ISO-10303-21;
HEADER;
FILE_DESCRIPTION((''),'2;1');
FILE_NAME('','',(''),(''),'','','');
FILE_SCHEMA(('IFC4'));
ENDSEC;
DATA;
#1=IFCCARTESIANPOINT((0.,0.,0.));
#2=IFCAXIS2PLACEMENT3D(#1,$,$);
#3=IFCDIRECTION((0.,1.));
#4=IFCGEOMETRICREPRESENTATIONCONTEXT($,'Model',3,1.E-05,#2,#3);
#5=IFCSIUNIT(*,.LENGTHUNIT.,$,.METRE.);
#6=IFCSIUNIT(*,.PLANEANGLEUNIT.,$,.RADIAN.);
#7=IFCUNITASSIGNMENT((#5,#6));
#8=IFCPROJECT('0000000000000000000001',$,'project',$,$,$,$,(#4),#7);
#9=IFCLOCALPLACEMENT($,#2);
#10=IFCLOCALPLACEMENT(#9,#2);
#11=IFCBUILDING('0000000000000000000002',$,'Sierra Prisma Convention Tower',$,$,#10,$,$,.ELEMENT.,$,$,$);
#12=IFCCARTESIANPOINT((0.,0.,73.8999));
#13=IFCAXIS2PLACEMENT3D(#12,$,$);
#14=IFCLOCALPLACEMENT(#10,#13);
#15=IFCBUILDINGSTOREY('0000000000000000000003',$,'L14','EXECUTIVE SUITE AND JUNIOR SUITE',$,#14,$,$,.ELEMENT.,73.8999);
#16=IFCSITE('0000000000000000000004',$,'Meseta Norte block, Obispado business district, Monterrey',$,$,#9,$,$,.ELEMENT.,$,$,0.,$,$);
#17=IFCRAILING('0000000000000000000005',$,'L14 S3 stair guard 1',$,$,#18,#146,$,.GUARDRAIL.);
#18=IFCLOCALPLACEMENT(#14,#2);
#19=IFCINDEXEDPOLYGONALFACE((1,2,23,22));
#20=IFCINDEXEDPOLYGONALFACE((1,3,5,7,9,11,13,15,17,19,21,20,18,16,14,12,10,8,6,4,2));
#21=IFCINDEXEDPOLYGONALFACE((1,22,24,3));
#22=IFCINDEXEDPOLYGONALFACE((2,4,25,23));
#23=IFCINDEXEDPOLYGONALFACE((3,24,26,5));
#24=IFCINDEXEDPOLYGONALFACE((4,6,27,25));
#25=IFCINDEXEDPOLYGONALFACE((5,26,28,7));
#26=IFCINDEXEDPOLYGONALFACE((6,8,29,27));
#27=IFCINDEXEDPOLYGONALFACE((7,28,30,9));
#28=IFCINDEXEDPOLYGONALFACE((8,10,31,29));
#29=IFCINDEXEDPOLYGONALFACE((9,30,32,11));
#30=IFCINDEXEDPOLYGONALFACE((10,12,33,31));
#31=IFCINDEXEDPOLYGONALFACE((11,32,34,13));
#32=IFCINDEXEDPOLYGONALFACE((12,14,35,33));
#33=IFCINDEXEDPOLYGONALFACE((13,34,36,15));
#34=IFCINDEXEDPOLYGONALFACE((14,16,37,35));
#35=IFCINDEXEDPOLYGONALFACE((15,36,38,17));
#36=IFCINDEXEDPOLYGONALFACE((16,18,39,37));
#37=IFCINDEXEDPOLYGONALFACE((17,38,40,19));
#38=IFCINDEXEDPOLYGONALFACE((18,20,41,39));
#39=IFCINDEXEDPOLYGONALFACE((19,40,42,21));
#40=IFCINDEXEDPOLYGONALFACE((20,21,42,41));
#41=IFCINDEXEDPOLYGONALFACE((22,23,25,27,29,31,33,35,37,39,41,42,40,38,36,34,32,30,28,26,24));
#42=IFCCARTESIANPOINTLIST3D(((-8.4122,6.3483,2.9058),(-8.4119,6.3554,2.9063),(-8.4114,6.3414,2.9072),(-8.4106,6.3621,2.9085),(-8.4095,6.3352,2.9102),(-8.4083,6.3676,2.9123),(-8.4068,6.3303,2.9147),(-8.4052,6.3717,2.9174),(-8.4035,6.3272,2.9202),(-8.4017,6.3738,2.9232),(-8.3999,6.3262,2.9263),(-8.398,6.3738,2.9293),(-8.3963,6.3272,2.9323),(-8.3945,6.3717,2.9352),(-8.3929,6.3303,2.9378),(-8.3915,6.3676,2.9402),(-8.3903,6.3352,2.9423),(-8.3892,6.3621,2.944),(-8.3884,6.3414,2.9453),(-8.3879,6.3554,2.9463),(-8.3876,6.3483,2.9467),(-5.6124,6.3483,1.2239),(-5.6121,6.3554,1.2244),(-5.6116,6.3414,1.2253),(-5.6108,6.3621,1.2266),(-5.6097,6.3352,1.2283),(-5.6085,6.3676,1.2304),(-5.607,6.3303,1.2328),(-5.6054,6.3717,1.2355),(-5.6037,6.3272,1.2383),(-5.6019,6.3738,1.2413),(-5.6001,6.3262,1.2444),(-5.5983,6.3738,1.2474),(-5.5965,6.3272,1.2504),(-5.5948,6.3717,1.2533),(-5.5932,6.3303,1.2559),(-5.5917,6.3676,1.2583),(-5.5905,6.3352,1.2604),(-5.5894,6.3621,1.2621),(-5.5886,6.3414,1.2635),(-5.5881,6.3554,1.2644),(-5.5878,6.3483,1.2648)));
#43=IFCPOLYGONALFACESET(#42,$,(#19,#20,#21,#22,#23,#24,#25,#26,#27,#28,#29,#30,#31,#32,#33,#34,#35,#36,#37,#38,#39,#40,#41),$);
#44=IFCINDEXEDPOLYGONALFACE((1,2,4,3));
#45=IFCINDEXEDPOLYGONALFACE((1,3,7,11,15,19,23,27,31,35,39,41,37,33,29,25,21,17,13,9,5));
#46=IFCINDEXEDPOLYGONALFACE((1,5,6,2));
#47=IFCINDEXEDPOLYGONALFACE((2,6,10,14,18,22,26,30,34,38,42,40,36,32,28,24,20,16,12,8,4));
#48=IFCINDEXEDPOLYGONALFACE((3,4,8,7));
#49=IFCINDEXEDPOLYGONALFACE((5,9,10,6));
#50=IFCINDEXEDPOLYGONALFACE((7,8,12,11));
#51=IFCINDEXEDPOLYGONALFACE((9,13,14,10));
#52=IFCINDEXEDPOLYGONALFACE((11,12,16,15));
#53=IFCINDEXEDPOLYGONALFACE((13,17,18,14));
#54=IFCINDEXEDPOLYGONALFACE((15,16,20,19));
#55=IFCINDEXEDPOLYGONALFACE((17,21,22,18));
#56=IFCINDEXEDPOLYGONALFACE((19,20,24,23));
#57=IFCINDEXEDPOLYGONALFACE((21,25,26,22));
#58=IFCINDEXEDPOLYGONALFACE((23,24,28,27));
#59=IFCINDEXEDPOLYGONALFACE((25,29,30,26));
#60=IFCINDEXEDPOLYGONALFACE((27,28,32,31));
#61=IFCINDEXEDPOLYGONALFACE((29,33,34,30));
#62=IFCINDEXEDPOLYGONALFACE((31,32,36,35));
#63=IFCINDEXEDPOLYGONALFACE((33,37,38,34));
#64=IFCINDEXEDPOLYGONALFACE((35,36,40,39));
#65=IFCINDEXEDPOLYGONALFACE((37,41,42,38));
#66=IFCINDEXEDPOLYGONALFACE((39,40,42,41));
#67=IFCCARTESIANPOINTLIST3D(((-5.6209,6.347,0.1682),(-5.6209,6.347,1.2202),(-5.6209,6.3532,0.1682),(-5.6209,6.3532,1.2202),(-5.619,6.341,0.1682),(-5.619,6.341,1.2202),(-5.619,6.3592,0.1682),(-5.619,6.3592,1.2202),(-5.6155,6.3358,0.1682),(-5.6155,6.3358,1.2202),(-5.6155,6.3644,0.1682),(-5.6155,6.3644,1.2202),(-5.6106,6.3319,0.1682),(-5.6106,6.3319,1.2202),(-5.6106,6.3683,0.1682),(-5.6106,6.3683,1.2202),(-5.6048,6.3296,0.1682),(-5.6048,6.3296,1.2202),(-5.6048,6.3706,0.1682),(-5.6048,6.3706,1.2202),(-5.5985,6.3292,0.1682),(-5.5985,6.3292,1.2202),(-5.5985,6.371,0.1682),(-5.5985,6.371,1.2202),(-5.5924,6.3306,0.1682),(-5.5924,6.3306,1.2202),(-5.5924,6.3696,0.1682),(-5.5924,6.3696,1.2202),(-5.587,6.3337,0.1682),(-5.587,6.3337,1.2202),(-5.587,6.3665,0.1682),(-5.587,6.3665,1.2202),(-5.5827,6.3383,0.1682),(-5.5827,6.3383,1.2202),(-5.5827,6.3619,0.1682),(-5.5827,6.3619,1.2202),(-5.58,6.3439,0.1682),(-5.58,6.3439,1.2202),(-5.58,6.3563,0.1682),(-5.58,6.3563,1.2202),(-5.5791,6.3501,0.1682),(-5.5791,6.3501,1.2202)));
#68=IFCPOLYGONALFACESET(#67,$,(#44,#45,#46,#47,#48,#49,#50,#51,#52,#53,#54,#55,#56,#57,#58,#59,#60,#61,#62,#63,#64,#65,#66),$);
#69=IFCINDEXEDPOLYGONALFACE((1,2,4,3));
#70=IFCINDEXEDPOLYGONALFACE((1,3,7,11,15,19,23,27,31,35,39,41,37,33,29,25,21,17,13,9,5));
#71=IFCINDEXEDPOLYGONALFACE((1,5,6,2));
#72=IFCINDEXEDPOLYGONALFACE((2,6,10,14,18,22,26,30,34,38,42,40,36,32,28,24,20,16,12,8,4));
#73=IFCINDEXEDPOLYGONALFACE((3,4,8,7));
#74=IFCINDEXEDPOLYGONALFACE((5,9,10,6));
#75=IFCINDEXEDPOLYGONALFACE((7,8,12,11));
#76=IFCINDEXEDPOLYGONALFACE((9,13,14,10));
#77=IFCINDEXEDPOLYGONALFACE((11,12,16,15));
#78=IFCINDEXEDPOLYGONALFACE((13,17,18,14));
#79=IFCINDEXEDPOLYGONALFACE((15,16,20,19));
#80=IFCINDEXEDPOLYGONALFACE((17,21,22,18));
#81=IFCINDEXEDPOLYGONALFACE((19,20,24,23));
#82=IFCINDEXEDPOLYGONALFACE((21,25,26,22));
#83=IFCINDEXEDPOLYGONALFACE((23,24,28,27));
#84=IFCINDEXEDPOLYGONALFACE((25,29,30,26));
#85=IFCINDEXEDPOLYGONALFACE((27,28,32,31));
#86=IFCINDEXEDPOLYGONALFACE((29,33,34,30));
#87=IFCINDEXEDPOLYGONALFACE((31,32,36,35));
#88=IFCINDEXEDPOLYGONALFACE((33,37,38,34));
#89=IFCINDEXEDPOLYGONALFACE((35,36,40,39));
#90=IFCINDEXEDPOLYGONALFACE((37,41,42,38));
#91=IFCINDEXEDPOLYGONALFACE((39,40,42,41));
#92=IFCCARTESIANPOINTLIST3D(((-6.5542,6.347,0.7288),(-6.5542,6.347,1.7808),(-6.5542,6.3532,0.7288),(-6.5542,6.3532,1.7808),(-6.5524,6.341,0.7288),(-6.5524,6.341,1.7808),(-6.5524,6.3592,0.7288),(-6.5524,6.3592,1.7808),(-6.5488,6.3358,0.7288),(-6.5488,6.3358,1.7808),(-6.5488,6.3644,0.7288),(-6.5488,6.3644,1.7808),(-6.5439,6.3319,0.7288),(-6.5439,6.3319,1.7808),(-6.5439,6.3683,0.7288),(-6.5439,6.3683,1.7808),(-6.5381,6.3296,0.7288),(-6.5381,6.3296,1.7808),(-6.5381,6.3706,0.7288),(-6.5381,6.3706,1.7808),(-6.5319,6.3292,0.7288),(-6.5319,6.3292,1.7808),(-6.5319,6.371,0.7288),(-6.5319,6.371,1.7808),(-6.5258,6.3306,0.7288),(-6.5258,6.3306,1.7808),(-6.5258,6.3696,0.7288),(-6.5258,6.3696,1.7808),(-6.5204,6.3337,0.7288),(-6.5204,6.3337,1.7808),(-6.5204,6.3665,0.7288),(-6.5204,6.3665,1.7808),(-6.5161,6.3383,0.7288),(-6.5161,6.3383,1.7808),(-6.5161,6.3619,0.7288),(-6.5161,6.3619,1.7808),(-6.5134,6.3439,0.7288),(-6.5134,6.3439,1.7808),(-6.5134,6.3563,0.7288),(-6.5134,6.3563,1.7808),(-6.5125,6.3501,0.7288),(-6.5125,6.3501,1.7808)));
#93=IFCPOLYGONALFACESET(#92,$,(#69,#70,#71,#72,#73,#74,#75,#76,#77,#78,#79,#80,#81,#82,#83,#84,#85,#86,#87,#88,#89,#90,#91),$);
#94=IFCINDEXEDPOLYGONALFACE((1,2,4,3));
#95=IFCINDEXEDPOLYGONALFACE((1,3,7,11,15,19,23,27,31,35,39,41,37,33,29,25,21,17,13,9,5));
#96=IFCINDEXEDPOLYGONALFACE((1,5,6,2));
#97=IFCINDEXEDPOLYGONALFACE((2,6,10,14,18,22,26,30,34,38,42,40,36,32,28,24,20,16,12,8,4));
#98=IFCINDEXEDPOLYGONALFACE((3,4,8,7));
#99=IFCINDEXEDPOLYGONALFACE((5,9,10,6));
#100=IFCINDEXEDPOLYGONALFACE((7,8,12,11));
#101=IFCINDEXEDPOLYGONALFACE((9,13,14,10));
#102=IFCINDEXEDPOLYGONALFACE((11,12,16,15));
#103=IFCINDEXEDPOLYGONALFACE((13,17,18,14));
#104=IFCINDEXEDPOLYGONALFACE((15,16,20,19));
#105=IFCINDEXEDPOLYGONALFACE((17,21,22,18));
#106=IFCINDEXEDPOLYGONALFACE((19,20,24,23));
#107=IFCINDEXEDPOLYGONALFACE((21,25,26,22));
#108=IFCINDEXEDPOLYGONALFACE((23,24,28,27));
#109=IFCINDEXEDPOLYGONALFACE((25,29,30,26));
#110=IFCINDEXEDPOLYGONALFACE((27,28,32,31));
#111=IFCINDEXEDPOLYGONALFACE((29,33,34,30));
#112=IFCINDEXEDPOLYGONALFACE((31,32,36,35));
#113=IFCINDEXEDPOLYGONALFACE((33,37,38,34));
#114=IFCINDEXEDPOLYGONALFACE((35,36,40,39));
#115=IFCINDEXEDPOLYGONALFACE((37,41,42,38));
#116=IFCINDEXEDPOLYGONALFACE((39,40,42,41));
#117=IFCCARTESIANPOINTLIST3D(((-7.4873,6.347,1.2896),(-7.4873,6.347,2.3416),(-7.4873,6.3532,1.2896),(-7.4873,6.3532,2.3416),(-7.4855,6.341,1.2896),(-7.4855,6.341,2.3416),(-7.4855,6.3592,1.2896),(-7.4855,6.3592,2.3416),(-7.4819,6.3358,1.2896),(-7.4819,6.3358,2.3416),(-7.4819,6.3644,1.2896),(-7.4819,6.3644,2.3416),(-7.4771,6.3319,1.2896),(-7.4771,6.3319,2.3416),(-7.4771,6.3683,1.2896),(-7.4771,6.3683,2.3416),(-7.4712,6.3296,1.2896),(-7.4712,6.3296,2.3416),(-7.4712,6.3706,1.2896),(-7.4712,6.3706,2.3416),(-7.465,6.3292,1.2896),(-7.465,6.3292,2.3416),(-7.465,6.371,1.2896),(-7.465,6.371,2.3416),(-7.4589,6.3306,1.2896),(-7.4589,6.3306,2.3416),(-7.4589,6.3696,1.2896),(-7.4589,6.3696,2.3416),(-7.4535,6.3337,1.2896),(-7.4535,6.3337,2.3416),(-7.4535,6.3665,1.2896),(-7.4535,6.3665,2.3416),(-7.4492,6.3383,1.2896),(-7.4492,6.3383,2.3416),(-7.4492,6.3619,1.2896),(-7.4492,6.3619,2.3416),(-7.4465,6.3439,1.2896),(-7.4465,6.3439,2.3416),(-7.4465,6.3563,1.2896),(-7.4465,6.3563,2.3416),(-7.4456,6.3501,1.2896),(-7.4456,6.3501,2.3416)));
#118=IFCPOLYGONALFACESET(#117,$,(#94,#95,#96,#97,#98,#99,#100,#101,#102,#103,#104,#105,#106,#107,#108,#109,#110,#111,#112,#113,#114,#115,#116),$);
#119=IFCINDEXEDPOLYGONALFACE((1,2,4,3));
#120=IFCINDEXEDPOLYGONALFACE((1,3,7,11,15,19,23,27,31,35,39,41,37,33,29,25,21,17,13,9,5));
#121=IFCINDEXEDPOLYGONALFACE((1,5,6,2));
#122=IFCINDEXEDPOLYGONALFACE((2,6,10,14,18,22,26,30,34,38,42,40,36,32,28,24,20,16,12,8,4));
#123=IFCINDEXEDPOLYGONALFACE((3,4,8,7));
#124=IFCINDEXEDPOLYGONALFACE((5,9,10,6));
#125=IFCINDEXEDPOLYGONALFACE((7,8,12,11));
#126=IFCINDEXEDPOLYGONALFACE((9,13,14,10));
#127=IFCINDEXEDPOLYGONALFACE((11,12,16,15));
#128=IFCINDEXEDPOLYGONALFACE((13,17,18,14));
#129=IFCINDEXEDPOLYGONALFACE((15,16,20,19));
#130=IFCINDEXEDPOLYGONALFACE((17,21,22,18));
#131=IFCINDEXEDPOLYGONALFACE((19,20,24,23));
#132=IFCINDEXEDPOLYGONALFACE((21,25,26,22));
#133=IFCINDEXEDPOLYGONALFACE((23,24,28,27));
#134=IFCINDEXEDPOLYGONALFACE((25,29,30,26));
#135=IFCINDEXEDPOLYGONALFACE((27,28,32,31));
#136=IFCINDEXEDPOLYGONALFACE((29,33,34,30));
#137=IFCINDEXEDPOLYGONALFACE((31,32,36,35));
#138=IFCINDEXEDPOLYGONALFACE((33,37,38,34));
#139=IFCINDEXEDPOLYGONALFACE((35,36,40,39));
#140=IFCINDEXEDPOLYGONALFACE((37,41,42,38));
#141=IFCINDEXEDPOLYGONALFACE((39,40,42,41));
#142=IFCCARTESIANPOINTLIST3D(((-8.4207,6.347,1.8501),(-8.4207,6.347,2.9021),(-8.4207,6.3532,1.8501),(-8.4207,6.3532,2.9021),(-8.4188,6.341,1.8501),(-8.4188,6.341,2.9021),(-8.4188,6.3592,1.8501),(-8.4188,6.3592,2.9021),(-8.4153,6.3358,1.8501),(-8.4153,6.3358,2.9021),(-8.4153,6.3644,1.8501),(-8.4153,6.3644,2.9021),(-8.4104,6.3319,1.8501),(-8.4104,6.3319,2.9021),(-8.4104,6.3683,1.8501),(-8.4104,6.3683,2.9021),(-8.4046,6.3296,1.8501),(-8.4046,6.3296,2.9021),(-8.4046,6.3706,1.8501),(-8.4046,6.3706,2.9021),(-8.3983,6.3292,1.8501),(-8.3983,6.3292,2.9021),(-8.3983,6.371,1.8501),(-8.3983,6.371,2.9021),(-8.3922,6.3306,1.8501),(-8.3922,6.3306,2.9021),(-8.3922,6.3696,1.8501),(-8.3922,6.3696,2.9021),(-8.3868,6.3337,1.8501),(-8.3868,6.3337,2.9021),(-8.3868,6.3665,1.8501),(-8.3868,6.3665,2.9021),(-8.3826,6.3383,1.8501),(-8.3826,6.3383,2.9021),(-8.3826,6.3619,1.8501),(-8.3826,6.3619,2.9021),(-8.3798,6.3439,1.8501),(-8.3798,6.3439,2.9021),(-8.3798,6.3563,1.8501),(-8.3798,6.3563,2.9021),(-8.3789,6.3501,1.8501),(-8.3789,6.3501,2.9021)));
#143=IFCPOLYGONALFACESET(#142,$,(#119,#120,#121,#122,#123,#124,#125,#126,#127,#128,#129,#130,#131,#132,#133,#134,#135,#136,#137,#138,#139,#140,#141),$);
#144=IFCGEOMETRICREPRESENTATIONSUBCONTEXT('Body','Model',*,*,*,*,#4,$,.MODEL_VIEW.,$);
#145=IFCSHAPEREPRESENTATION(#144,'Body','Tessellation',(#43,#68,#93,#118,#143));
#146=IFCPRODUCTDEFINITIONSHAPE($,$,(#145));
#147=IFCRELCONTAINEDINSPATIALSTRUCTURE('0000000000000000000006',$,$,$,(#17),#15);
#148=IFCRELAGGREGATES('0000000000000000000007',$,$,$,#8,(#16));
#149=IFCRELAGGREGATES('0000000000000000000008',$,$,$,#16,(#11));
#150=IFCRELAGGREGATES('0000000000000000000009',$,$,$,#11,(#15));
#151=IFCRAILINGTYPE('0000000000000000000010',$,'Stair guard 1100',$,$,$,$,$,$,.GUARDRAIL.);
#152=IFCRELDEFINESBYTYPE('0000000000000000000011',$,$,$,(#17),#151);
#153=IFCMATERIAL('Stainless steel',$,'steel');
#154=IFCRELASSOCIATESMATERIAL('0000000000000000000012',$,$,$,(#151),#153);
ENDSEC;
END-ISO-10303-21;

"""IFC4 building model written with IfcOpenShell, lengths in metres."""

from ifc_helpers import new_model, si_unit, direction, frame, origin, origin_2d, place, context, subcontext, project, spatial, circle, extrude, material, type_object, element, save


model = new_model("IFC4")

# Units and contexts
model_context = context("Model", 3, precision=1e-05, world=origin(), true_north=direction((0.0, 1.0)))
body_context = subcontext(model_context, "Body", "Model", "MODEL_VIEW")
ifc_project = project(units=[si_unit("LENGTHUNIT", "METRE"), si_unit("PLANEANGLEUNIT", "RADIAN")], contexts=[model_context])

# Site, building, storey
site_placement = place(None, origin())
site = spatial("IfcSite", under=ifc_project, at=site_placement, Name="Meseta Norte block, Obispado business district, Monterrey", CompositionType="ELEMENT", RefElevation=0.0)
building_placement = place(site_placement, origin())
building = spatial("IfcBuilding", under=site, at=building_placement, Name="Sierra Prisma Convention Tower", CompositionType="ELEMENT")
storey_placement = place(building_placement, frame((0.0, 0.0, 73.8999)))
storey = spatial("IfcBuildingStorey", under=building, at=storey_placement, Name="L14", Description="EXECUTIVE SUITE AND JUNIOR SUITE", CompositionType="ELEMENT", Elevation=73.8999)

# Railing
ifc_material_1 = material(Name="Stainless steel", Category="steel")
railing_type_1 = type_object("IfcRailingType", Name="Stair guard 1100", PredefinedType="GUARDRAIL", material=ifc_material_1)
railing_1_placement = place(storey_placement, frame((-5.6001, 6.3501, 0.1682)))
element("IfcRailing", 1, at=railing_1_placement, inside=storey, type_object=railing_type_1, Name="L14 S3 stair guard 1", PredefinedType="GUARDRAIL", context=body_context, shape_type="SweptSolid", body=[
    extrude(circle(Radius=0.0239, at=origin_2d()), frame((0.0, 0.0, 1.0762), z_axis=(-0.857222, 0.0, 0.514946), x_axis=(0.0, -1.0, 0.0)), (0.0, 0.0, 1.0), 3.2661),
    extrude(circle(Radius=0.021, at=origin_2d()), origin(), (0.0, 0.0, 1.0), 1.052),
    extrude(circle(Radius=0.021, at=origin_2d()), frame((-0.9333, 0.0, 0.5605)), (0.0, 0.0, 1.0), 1.052),
    extrude(circle(Radius=0.021, at=origin_2d()), frame((-1.8665, 0.0, 1.1213)), (0.0, 0.0, 1.0), 1.052),
    extrude(circle(Radius=0.021, at=origin_2d()), frame((-2.7998, 0.0, 1.6819)), (0.0, 0.0, 1.0), 1.052),
])

save(model, "model.ifc")
